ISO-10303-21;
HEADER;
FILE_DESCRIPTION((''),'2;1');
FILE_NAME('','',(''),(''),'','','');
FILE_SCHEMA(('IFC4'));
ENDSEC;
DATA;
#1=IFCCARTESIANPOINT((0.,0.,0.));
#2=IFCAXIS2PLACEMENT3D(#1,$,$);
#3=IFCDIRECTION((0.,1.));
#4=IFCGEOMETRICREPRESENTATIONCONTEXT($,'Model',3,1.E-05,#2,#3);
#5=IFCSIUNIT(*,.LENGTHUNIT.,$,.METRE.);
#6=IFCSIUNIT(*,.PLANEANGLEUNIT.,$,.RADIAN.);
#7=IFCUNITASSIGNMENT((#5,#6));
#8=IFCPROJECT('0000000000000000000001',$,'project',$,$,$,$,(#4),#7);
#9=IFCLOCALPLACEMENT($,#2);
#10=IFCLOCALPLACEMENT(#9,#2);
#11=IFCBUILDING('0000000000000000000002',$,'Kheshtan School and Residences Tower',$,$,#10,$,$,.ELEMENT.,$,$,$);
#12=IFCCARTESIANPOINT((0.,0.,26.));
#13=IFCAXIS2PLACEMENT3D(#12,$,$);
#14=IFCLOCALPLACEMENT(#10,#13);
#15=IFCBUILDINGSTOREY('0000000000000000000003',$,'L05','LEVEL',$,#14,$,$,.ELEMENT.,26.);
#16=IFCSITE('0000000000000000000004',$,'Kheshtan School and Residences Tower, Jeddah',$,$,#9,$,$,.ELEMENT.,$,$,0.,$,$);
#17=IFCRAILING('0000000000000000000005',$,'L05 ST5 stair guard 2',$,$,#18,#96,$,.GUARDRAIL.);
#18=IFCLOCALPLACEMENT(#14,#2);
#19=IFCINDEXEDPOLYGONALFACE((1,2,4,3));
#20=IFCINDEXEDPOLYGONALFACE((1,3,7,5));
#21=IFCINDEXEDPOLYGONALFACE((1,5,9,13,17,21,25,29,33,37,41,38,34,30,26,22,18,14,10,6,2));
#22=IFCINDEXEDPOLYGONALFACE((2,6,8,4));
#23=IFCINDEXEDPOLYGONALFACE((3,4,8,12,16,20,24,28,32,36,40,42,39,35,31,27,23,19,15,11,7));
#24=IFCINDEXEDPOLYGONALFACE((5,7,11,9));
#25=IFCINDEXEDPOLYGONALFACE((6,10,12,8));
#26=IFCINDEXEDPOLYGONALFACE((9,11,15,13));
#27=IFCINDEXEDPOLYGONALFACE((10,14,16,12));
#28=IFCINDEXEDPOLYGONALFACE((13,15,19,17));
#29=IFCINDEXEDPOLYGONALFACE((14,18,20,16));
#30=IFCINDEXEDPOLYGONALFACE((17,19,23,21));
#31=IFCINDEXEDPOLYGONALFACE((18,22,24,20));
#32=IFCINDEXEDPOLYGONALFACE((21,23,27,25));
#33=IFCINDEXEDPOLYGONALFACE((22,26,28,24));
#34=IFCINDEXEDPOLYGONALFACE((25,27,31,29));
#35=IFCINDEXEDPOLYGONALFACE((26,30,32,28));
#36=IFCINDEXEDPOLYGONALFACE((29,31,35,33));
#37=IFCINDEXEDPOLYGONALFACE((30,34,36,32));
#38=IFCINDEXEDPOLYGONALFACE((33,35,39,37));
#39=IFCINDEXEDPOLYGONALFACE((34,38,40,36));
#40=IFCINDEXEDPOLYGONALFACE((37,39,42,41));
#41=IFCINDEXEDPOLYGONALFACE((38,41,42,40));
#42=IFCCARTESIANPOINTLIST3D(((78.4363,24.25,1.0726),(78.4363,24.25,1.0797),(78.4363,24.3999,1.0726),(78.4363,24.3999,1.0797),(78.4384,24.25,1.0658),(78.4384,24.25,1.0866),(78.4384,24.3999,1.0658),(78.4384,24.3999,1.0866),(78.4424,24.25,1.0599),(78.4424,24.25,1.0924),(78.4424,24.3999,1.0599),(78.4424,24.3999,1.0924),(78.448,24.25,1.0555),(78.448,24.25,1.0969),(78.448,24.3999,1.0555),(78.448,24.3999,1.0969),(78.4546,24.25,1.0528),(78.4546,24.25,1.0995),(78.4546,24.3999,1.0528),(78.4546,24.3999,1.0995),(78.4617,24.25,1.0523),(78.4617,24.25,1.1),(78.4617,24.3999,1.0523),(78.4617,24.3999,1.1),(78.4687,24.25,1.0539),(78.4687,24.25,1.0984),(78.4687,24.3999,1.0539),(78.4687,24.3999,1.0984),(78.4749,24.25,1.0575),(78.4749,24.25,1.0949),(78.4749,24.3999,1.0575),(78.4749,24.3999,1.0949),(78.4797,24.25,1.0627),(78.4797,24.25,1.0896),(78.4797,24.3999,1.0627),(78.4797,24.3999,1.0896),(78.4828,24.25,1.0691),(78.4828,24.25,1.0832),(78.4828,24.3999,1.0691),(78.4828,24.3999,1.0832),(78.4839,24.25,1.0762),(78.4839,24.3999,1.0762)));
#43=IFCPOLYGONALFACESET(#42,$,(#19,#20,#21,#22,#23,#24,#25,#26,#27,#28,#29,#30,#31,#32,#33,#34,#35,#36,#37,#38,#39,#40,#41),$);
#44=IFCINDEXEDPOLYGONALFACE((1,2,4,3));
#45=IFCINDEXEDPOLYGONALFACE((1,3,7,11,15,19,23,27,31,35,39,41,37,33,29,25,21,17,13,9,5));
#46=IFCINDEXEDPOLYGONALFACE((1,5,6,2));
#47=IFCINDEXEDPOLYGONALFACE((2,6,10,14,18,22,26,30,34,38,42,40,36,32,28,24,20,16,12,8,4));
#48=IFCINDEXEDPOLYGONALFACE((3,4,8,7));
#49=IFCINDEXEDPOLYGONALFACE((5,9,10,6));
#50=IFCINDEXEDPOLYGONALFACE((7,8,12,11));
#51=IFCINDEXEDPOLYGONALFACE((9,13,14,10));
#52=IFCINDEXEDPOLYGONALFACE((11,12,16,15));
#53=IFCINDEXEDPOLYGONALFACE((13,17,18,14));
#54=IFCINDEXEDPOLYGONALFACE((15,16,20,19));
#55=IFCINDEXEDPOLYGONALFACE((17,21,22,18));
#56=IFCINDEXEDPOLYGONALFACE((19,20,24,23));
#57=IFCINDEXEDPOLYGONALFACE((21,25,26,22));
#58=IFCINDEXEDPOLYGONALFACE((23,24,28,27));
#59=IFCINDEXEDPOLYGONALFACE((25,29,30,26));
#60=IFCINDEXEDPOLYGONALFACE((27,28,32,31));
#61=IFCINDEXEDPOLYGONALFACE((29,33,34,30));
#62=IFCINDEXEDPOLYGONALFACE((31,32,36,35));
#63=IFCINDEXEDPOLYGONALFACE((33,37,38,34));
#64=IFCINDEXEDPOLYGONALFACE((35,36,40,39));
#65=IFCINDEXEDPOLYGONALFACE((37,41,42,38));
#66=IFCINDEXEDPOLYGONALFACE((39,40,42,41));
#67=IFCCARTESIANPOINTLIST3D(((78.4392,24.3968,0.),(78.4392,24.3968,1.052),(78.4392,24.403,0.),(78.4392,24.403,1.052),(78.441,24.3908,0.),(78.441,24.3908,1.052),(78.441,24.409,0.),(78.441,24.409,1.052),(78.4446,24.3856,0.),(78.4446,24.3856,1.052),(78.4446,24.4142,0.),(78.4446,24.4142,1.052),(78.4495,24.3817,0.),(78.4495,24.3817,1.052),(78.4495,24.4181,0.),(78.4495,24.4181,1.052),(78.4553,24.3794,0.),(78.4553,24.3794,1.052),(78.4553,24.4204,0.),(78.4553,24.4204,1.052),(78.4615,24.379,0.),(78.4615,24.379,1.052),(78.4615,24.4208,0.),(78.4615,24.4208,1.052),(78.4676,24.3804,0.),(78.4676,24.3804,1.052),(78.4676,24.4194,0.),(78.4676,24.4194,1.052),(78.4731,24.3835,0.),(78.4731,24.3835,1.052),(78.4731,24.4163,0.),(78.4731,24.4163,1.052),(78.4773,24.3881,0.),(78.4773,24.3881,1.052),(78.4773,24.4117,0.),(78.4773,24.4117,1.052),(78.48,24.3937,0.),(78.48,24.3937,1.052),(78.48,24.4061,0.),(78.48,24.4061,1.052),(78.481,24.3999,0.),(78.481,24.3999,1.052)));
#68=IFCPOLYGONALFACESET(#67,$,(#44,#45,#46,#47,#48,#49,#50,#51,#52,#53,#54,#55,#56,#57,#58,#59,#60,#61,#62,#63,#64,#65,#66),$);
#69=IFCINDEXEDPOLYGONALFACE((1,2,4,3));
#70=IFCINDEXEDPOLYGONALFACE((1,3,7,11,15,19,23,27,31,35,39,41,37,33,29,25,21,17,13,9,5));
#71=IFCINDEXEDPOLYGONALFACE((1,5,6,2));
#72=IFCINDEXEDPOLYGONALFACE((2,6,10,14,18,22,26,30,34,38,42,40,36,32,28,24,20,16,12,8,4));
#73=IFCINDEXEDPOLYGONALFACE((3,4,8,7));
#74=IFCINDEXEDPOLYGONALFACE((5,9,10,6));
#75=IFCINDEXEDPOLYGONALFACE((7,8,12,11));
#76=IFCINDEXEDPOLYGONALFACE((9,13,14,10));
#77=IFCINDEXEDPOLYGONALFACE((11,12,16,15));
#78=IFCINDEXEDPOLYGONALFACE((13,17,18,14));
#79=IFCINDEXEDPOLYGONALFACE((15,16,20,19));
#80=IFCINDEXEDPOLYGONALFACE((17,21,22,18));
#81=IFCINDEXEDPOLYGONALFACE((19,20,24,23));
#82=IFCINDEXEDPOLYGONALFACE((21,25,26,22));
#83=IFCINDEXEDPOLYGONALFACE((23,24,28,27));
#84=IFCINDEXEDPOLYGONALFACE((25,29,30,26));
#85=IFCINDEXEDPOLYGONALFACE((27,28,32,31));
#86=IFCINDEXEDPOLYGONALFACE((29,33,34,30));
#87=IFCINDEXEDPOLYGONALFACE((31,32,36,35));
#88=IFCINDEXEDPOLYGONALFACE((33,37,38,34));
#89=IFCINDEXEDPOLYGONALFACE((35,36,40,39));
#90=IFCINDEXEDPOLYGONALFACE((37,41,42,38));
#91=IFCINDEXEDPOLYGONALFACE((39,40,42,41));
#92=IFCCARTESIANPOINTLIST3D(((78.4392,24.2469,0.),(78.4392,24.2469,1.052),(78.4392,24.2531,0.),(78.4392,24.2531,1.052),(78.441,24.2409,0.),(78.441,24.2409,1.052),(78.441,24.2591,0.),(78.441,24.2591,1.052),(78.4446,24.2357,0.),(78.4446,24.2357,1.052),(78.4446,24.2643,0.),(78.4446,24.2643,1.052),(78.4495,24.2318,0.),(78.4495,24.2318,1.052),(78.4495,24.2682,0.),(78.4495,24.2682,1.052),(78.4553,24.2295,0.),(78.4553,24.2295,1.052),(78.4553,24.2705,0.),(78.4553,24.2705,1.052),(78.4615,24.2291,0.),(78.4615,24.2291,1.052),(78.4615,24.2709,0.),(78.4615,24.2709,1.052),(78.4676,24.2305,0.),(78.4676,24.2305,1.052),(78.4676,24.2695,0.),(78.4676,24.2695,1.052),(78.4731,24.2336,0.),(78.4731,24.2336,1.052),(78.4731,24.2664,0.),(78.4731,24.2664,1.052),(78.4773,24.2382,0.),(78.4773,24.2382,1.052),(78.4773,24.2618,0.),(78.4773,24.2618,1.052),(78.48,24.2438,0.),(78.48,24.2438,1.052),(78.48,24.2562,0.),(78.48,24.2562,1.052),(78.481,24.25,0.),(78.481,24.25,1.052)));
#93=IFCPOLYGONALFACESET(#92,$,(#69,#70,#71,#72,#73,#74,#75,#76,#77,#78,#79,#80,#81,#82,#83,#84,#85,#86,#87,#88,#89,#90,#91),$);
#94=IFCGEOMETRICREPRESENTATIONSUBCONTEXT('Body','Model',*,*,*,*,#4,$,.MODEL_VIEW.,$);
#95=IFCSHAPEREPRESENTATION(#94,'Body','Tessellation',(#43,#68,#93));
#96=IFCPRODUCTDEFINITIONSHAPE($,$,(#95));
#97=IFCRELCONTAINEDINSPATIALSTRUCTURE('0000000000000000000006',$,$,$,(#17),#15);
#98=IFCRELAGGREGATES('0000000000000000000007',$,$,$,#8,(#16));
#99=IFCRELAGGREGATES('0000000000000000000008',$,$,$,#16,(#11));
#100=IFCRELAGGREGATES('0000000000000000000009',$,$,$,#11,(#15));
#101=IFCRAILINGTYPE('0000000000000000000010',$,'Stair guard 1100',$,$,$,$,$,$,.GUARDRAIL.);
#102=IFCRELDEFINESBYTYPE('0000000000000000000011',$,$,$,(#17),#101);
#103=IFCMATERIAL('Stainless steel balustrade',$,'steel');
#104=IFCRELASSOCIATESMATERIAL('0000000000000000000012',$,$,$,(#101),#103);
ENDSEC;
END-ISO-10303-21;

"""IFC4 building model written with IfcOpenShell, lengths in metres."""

from ifc_helpers import new_model, si_unit, direction, frame, origin, origin_2d, place, context, subcontext, project, spatial, circle, extrude, material, type_object, element, save


model = new_model("IFC4")

# Units and contexts
model_context = context("Model", 3, precision=1e-05, world=origin(), true_north=direction((0.0, 1.0)))
body_context = subcontext(model_context, "Body", "Model", "MODEL_VIEW")
ifc_project = project(units=[si_unit("LENGTHUNIT", "METRE"), si_unit("PLANEANGLEUNIT", "RADIAN")], contexts=[model_context])

# Site, building, storey
site_placement = place(None, origin())
site = spatial("IfcSite", under=ifc_project, at=site_placement, Name="Kheshtan School and Residences Tower, Jeddah", CompositionType="ELEMENT", RefElevation=0.0)
building_placement = place(site_placement, origin())
building = spatial("IfcBuilding", under=site, at=building_placement, Name="Kheshtan School and Residences Tower", CompositionType="ELEMENT")
storey_placement = place(building_placement, frame((0.0, 0.0, 26.0)))
storey = spatial("IfcBuildingStorey", under=building, at=storey_placement, Name="L05", Description="LEVEL", CompositionType="ELEMENT", Elevation=26.0)

# Railing
ifc_material_1 = material(Name="Stainless steel balustrade", Category="steel")
railing_type_1 = type_object("IfcRailingType", Name="Stair guard 1100", PredefinedType="GUARDRAIL", material=ifc_material_1)
railing_1_placement = place(storey_placement, frame((78.46, 24.3999, 0.0)))
element("IfcRailing", 1, at=railing_1_placement, inside=storey, type_object=railing_type_1, Name="L05 ST5 stair guard 2", PredefinedType="GUARDRAIL", context=body_context, shape_type="SweptSolid", body=[
    extrude(circle(Radius=0.0239, at=origin_2d()), frame((0.0, 0.0, 1.0762), z_axis=(0.0, -1.0, 0.0), x_axis=(1.0, 0.0, 0.0)), (0.0, 0.0, 1.0), 0.1499),
    extrude(circle(Radius=0.021, at=origin_2d()), origin(), (0.0, 0.0, 1.0), 1.052),
    extrude(circle(Radius=0.021, at=origin_2d()), frame((0.0, -0.1499, 0.0)), (0.0, 0.0, 1.0), 1.052),
])

save(model, "model.ifc")
